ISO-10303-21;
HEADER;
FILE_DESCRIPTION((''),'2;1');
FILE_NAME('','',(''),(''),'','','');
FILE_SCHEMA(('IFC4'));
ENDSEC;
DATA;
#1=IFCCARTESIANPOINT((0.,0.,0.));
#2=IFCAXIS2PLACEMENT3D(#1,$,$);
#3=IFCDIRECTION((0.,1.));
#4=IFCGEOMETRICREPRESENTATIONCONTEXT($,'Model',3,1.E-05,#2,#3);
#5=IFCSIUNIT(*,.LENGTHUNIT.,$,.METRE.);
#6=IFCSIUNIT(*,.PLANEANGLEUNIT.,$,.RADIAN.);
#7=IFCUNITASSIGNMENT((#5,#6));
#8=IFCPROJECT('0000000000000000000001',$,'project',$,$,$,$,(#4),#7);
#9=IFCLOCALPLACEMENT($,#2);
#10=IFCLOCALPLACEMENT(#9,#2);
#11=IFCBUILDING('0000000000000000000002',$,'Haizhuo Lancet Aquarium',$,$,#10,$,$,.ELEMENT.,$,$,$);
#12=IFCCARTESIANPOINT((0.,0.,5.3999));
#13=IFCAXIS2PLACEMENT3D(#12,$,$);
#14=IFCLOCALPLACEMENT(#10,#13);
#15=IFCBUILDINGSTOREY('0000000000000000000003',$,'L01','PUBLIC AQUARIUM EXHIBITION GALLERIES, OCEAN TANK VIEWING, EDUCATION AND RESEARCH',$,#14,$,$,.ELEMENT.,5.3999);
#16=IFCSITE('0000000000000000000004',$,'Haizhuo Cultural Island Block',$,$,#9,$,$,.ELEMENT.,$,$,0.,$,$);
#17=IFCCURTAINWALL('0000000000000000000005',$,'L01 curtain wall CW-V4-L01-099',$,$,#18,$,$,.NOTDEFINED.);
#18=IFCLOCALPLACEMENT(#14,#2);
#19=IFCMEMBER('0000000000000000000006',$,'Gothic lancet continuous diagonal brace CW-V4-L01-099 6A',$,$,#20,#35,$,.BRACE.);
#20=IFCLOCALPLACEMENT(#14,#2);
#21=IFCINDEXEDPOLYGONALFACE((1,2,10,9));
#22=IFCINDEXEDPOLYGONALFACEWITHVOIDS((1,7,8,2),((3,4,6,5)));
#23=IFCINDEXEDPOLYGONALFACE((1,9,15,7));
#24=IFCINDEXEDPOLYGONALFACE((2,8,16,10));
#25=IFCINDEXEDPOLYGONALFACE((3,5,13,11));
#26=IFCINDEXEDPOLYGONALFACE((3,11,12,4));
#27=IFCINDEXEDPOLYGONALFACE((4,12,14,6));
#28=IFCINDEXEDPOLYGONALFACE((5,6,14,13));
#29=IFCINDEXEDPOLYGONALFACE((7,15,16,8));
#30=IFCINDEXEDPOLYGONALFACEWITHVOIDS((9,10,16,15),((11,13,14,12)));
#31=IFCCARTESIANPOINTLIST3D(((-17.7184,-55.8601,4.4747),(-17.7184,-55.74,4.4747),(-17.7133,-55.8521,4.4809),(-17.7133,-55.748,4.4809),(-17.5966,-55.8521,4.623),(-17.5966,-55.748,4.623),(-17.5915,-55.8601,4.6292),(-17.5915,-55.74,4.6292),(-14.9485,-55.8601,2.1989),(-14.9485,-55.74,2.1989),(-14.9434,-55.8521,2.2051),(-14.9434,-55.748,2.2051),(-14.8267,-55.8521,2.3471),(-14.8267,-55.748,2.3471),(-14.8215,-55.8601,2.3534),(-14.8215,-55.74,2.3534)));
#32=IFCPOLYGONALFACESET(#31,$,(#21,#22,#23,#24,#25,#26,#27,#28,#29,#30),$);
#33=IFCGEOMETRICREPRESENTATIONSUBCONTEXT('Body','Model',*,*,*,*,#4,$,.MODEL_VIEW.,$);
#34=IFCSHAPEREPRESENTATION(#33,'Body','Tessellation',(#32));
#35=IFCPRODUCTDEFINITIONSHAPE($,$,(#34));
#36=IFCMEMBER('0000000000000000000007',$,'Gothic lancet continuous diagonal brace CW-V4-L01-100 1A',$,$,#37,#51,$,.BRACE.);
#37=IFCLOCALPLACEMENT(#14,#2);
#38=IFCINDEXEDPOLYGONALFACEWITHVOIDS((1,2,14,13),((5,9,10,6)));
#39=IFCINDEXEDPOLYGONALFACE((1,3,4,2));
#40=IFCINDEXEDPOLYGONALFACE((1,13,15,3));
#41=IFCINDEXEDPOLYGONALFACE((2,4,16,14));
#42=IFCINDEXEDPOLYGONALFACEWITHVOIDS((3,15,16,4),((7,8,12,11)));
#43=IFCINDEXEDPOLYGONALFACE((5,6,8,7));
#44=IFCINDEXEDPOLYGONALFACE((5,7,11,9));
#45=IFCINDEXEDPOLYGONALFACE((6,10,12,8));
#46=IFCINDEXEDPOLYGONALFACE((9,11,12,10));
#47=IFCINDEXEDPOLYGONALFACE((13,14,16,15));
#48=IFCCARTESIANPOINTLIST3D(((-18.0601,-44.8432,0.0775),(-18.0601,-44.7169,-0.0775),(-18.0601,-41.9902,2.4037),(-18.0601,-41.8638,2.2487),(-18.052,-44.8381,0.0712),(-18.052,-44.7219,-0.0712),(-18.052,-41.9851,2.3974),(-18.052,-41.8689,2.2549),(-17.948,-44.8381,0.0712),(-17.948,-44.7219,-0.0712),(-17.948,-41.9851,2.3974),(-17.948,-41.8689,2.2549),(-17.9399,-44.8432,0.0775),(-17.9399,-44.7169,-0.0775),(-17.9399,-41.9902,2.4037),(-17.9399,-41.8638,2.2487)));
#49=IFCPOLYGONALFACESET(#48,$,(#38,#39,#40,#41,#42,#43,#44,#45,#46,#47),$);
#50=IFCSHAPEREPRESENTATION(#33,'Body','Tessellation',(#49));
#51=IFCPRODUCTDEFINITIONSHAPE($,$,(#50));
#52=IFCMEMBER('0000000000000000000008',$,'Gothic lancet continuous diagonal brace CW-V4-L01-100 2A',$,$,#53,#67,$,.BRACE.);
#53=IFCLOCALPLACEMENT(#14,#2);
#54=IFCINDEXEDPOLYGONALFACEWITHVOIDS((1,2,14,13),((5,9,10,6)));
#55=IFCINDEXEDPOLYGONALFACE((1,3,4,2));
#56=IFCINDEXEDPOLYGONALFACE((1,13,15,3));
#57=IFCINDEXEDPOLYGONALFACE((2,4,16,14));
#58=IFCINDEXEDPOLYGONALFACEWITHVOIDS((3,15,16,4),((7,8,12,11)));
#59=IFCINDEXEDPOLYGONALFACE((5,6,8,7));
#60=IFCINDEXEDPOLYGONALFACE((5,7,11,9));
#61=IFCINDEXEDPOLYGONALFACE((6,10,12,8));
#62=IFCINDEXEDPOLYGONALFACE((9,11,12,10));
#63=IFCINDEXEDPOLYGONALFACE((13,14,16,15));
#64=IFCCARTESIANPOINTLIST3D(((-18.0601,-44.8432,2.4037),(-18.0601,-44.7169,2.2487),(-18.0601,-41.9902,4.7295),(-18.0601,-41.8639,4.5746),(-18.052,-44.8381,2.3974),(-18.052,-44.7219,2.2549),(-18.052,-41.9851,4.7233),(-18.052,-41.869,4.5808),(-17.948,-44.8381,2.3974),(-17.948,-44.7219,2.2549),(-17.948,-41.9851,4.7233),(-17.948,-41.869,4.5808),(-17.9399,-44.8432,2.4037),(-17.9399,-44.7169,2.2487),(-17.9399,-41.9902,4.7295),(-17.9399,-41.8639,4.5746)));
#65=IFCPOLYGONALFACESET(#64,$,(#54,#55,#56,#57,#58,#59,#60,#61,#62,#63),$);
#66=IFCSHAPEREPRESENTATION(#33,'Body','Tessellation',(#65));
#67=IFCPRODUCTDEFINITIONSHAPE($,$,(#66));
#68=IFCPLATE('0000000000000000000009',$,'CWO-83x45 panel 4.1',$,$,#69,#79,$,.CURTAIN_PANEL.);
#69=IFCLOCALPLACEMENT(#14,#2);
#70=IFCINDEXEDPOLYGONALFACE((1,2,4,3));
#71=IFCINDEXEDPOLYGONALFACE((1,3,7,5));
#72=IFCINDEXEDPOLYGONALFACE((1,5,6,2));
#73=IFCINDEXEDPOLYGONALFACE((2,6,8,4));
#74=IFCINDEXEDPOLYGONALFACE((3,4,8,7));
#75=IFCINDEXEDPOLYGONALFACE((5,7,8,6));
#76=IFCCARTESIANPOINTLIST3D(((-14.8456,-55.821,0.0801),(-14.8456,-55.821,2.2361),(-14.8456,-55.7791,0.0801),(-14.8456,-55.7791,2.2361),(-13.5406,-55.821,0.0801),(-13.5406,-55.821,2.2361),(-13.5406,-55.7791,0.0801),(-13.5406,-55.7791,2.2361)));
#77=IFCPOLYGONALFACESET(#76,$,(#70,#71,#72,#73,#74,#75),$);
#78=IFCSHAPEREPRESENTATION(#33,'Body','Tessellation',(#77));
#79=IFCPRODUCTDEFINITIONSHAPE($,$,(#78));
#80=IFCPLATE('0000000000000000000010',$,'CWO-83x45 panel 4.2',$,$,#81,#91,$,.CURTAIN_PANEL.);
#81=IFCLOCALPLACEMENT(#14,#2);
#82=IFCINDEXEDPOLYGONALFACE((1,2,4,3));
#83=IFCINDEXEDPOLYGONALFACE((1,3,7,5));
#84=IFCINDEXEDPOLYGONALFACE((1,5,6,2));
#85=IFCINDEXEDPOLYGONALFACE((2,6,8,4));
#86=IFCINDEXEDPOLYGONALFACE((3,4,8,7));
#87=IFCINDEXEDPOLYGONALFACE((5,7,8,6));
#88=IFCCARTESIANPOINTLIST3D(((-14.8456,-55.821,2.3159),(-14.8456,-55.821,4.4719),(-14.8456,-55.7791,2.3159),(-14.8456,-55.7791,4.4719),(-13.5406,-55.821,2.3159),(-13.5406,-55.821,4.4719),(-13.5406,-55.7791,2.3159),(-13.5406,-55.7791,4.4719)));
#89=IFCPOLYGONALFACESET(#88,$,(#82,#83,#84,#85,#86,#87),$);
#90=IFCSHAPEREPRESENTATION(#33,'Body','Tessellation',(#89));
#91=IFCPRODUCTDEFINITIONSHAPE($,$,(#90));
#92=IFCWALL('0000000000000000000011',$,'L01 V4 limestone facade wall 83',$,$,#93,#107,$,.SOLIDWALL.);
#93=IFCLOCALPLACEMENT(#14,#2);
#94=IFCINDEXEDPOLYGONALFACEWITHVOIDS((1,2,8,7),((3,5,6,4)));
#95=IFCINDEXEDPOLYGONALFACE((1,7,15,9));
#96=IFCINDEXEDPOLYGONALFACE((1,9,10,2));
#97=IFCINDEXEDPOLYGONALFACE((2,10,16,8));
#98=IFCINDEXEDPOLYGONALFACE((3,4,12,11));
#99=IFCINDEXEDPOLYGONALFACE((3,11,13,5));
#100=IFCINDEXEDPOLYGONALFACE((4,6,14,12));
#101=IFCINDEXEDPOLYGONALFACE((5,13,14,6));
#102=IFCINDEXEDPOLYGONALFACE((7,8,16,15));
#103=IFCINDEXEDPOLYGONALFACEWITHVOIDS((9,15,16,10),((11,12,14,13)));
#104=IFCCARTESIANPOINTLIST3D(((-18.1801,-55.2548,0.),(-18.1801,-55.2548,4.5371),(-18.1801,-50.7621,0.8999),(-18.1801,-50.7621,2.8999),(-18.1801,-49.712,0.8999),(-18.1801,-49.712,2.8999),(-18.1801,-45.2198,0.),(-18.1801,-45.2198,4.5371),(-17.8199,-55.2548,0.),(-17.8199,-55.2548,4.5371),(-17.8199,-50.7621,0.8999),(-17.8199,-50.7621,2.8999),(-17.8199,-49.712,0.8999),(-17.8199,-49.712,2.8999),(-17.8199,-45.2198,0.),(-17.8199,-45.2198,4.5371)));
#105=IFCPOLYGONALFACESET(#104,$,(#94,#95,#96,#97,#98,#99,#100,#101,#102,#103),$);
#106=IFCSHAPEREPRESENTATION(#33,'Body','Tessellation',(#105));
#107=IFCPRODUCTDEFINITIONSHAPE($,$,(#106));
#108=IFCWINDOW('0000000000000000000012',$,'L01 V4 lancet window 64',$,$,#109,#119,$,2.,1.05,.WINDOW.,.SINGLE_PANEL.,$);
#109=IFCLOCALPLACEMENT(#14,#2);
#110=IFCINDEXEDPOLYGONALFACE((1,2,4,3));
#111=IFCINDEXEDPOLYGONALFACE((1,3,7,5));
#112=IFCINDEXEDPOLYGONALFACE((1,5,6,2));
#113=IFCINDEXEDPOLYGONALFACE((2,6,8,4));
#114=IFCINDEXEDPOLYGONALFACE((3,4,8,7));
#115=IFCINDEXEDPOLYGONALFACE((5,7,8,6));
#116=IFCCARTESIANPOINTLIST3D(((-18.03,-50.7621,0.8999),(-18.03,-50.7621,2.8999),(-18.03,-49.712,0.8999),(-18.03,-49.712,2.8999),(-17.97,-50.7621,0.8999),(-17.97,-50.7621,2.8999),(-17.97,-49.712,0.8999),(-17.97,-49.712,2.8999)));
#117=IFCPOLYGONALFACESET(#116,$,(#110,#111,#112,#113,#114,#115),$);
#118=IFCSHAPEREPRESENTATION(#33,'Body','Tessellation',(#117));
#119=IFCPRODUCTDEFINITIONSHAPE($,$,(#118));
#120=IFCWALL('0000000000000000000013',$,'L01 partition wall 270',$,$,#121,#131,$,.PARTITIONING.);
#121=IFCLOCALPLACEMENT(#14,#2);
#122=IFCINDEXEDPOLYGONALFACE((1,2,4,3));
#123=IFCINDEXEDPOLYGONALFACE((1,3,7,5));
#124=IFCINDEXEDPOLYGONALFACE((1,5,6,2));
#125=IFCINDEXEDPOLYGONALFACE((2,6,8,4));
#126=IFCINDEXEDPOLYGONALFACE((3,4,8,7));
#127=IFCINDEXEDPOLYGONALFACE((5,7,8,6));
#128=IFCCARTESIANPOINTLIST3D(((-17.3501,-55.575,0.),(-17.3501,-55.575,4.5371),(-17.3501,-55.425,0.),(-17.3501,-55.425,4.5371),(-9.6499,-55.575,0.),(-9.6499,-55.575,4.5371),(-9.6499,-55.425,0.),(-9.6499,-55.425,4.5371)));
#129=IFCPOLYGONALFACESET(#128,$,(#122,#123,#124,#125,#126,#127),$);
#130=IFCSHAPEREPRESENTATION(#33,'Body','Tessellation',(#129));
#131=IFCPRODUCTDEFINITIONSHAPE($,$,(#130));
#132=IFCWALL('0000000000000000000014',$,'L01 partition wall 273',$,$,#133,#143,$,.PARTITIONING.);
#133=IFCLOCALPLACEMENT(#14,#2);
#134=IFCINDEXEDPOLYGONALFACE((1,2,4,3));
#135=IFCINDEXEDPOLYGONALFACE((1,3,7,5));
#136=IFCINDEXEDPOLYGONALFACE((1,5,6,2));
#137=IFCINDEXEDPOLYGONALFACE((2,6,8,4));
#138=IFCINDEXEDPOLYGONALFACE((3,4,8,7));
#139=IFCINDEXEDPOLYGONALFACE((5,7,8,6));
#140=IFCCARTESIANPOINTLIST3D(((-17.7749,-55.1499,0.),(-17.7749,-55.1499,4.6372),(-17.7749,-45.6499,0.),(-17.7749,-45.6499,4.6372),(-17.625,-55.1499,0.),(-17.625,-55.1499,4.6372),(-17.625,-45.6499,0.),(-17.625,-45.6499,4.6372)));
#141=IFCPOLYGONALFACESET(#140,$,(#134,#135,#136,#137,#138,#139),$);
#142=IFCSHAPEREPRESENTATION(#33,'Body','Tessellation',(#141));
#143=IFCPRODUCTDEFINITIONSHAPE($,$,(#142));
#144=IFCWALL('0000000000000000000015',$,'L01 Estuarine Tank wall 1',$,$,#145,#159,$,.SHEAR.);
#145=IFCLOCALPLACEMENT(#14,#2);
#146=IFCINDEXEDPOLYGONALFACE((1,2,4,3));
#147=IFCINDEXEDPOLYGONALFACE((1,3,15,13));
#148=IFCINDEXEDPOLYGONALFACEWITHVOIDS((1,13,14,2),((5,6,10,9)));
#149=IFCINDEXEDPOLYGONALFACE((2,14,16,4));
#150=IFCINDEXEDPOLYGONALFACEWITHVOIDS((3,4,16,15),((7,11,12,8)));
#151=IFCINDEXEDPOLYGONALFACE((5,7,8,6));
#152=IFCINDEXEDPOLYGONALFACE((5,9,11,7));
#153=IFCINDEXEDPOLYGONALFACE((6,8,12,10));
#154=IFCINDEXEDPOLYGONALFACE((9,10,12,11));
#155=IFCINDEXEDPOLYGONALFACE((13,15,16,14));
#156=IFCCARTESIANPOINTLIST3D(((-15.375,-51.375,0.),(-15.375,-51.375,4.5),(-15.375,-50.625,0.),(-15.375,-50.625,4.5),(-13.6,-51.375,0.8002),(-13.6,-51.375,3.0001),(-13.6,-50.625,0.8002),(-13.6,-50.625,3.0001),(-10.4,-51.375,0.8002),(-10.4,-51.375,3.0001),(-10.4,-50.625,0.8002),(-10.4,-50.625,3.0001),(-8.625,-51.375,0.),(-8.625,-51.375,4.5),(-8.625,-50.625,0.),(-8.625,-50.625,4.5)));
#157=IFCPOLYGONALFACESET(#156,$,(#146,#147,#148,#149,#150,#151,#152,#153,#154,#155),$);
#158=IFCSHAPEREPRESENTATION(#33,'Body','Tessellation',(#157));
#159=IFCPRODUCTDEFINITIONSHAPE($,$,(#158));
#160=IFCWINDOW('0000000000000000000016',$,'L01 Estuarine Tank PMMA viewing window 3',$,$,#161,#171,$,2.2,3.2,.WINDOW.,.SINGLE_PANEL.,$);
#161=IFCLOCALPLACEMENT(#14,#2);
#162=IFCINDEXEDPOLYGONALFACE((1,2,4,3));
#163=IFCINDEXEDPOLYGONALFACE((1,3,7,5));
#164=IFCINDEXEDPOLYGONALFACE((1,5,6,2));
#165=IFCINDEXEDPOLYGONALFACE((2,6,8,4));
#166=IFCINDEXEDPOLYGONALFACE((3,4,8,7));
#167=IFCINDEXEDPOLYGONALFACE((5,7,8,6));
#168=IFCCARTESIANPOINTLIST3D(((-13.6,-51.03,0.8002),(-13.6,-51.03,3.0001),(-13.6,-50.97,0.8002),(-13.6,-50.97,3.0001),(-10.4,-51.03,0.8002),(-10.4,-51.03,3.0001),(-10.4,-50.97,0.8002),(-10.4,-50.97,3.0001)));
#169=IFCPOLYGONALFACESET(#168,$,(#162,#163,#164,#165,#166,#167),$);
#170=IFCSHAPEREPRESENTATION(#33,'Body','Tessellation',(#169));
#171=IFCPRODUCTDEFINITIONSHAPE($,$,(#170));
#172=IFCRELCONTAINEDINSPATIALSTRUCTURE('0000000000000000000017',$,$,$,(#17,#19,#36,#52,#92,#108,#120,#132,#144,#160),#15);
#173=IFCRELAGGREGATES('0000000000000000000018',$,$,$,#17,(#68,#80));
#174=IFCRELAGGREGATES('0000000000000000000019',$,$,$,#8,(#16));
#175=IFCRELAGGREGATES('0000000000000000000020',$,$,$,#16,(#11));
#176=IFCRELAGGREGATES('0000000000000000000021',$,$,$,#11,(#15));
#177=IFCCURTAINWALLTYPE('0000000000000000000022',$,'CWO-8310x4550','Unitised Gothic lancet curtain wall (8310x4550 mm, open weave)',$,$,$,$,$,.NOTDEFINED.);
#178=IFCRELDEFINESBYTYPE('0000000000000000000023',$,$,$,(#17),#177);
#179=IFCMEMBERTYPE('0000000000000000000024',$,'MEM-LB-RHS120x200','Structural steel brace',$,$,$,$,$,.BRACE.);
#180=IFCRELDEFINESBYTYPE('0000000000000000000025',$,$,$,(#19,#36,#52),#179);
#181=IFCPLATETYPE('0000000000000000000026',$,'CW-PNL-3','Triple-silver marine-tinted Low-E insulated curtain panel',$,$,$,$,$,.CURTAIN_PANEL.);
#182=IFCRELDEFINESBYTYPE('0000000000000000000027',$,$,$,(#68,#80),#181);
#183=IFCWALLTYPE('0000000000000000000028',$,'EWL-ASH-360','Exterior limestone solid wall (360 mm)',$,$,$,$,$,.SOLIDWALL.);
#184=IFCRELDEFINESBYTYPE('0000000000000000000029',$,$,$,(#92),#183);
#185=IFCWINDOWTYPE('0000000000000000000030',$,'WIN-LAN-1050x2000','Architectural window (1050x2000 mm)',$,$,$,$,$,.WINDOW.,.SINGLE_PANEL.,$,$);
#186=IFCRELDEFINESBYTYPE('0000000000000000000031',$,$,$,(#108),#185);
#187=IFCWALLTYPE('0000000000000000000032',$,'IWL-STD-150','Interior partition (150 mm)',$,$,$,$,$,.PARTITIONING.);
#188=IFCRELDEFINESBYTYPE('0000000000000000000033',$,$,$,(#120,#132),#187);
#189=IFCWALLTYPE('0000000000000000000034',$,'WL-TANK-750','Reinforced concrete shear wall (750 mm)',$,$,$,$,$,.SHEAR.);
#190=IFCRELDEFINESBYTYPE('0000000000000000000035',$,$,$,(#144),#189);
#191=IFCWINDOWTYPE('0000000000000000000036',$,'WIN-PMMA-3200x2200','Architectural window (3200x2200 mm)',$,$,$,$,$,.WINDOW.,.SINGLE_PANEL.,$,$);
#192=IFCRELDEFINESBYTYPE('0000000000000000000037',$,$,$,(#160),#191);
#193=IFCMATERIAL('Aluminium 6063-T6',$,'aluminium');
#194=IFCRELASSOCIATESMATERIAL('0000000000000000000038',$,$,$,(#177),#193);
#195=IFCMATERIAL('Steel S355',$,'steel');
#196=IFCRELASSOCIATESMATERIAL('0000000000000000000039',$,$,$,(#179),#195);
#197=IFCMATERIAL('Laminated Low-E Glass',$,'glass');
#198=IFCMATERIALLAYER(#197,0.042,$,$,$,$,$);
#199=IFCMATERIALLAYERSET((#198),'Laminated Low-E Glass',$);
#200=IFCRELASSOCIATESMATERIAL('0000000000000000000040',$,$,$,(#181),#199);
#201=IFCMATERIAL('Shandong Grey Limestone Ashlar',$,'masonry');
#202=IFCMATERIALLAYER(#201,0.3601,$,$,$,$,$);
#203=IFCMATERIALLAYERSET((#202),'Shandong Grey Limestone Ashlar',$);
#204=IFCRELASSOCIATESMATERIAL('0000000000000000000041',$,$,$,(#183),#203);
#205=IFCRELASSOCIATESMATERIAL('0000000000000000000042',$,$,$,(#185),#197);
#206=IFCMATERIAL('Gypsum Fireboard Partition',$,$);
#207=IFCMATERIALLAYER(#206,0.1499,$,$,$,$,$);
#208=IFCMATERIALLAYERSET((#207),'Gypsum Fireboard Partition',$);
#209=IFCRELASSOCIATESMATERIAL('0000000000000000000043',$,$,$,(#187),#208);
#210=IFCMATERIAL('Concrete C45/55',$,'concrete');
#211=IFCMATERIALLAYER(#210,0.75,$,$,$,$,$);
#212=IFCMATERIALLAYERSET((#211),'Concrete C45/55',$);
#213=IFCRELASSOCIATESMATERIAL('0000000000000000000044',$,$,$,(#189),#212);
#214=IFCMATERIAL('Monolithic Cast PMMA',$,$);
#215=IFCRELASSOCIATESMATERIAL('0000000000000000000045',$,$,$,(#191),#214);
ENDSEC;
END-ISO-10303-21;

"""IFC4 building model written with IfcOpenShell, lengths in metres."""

from ifc_helpers import new_model, si_unit, direction, frame, frame_2d, origin, origin_2d, place, context, subcontext, project, spatial, rectangle, hollow_rectangle, extrude, material, layer, layer_set, material_profile, profile_set, type_object, element, fill, aggregate, save


model = new_model("IFC4")

# Units and contexts
model_context = context("Model", 3, precision=1e-05, world=origin(), true_north=direction((0.0, 1.0)))
body_context = subcontext(model_context, "Body", "Model", "MODEL_VIEW")
ifc_project = project(units=[si_unit("LENGTHUNIT", "METRE"), si_unit("PLANEANGLEUNIT", "RADIAN")], contexts=[model_context])

# Site, building, storey
site_placement = place(None, origin())
site = spatial("IfcSite", under=ifc_project, at=site_placement, Name="Haizhuo Cultural Island Block", CompositionType="ELEMENT", RefElevation=0.0)
building_placement = place(site_placement, origin())
building = spatial("IfcBuilding", under=site, at=building_placement, Name="Haizhuo Lancet Aquarium", CompositionType="ELEMENT")
storey_placement = place(building_placement, frame((0.0, 0.0, 5.3999)))
storey = spatial("IfcBuildingStorey", under=building, at=storey_placement, Name="L01", Description="PUBLIC AQUARIUM EXHIBITION GALLERIES, OCEAN TANK VIEWING, EDUCATION AND RESEARCH", CompositionType="ELEMENT", Elevation=5.3999)

# Shared definitions
ifc_material_1 = material(Name="Steel S355", Category="steel")

# Curtain wall
ifc_material_2 = material(Name="Aluminium 6063-T6", Category="aluminium")
curtain_wall_type = type_object("IfcCurtainWallType", Name="CWO-8310x4550", Description="Unitised Gothic lancet curtain wall (8310x4550 mm, open weave)", PredefinedType="NOTDEFINED", material=ifc_material_2)
curtain_wall_placement = place(storey_placement, origin())
curtain_wall = element("IfcCurtainWall", 1, at=curtain_wall_placement, inside=storey, type_object=curtain_wall_type, Name="L01 curtain wall CW-V4-L01-099", PredefinedType="NOTDEFINED")

# Members
ifc_material_profile_1 = material_profile(ifc_material_1, hollow_rectangle(XDim=0.1201, YDim=0.2, WallThickness=0.0081, at=origin_2d()), Name="RHS 120x200x8")
ifc_profile_set_1 = profile_set([ifc_material_profile_1], Name="Steel S355")
member_type_1 = type_object("IfcMemberType", Name="MEM-LB-RHS120x200", Description="Structural steel brace", PredefinedType="BRACE", material=ifc_profile_set_1)
member_1_placement = place(storey_placement, frame((-14.885, -55.8, 2.2761), z_axis=(-0.772657, 0.0, 0.634824), x_axis=(0.0, -1.0, 0.0)))
element("IfcMember", 2, at=member_1_placement, inside=storey, type_object=member_type_1, Name="Gothic lancet continuous diagonal brace CW-V4-L01-099 6A", PredefinedType="BRACE", context=body_context, shape_type="SweptSolid", body=[
    extrude(hollow_rectangle(XDim=0.1201, YDim=0.2, WallThickness=0.0081, at=origin_2d()), origin(), (0.0, 0.0, 1.0), 3.585),
])
member_2_placement = place(storey_placement, frame((-18.0, -44.78, 0.0), z_axis=(0.0, 0.775038, 0.631915), x_axis=(-1.0, 0.0, 0.0)))
element("IfcMember", 3, at=member_2_placement, inside=storey, type_object=member_type_1, Name="Gothic lancet continuous diagonal brace CW-V4-L01-100 1A", PredefinedType="BRACE", context=body_context, shape_type="SweptSolid", body=[
    extrude(hollow_rectangle(XDim=0.1201, YDim=0.2, WallThickness=0.0081, at=origin_2d()), origin(), (0.0, 0.0, 1.0), 3.6812),
])
member_3_placement = place(storey_placement, frame((-18.0, -44.78, 2.3262), z_axis=(0.0, 0.77507, 0.631875), x_axis=(-1.0, 0.0, 0.0)))
element("IfcMember", 4, at=member_3_placement, inside=storey, type_object=member_type_1, Name="Gothic lancet continuous diagonal brace CW-V4-L01-100 2A", PredefinedType="BRACE", context=body_context, shape_type="SweptSolid", body=[
    extrude(hollow_rectangle(XDim=0.1201, YDim=0.2, WallThickness=0.0081, at=origin_2d()), origin(), (0.0, 0.0, 1.0), 3.6809),
])

# Plates
ifc_material_3 = material(Name="Laminated Low-E Glass", Category="glass")
ifc_layer_1 = layer(ifc_material_3, 0.042)
ifc_layer_set_1 = layer_set([ifc_layer_1], Name="Laminated Low-E Glass")
plate_type = type_object("IfcPlateType", Name="CW-PNL-3", Description="Triple-silver marine-tinted Low-E insulated curtain panel", PredefinedType="CURTAIN_PANEL", material=ifc_layer_set_1)
plate_1_placement = place(storey_placement, frame((-14.1931, -55.8, 0.0801), z_axis=(0.0, 0.0, 1.0), x_axis=(-1.0, 0.0, 0.0)))
plate_1 = element("IfcPlate", 5, at=plate_1_placement, type_object=plate_type, Name="CWO-83x45 panel 4.1", PredefinedType="CURTAIN_PANEL", context=body_context, shape_type="SweptSolid", body=[
    extrude(rectangle(XDim=1.3049, YDim=0.042, at=origin_2d()), origin(), (0.0, 0.0, 1.0), 2.156),
])
plate_2_placement = place(storey_placement, frame((-14.1931, -55.8, 2.3159), z_axis=(0.0, 0.0, 1.0), x_axis=(-1.0, 0.0, 0.0)))
plate_2 = element("IfcPlate", 6, at=plate_2_placement, type_object=plate_type, Name="CWO-83x45 panel 4.2", PredefinedType="CURTAIN_PANEL", context=body_context, shape_type="SweptSolid", body=[
    extrude(rectangle(XDim=1.3049, YDim=0.042, at=origin_2d()), origin(), (0.0, 0.0, 1.0), 2.156),
])
aggregate(curtain_wall, [plate_1, plate_2])

# Wall, opening, window
ifc_material_4 = material(Name="Shandong Grey Limestone Ashlar", Category="masonry")
ifc_layer_2 = layer(ifc_material_4, 0.3601)
ifc_layer_set_2 = layer_set([ifc_layer_2], Name="Shandong Grey Limestone Ashlar")
wall_type_1 = type_object("IfcWallType", Name="EWL-ASH-360", Description="Exterior limestone solid wall (360 mm)", PredefinedType="SOLIDWALL", material=ifc_layer_set_2)
wall_1_placement = place(storey_placement, frame((-18.0, -55.2549, 0.0), z_axis=(0.0, 0.0, 1.0), x_axis=(0.0, 1.0, 0.0)))
wall_1 = element("IfcWall", 7, at=wall_1_placement, inside=storey, type_object=wall_type_1, Name="L01 V4 limestone facade wall 83", PredefinedType="SOLIDWALL", context=body_context, shape_type="SweptSolid", body=[
    extrude(rectangle(XDim=10.0349, YDim=0.3601, at=frame_2d((5.0176, 0.0))), origin(), (0.0, 0.0, 1.0), 4.5371),
])
opening_1_placement = place(wall_1_placement, frame((4.4929, 0.0, 0.8999)))
opening_1 = element("IfcOpeningElement", 8, at=opening_1_placement, cuts=wall_1, PredefinedType="OPENING", context=body_context, shape_type="SweptSolid", body=[
    extrude(rectangle(XDim=1.05, YDim=2.0, at=frame_2d((0.5249, 1.0))), frame((0.0, 0.1899, 0.0), z_axis=(0.0, -1.0, 0.0), x_axis=(1.0, 0.0, 0.0)), (0.0, 0.0, 1.0), 0.3801),
])
window_type_1 = type_object("IfcWindowType", Name="WIN-LAN-1050x2000", Description="Architectural window (1050x2000 mm)", PartitioningType="SINGLE_PANEL", PredefinedType="WINDOW", material=ifc_material_3)
window_1_placement = place(opening_1_placement, origin())
window_1 = element("IfcWindow", 9, at=window_1_placement, inside=storey, type_object=window_type_1, Name="L01 V4 lancet window 64", OverallHeight=2.0, OverallWidth=1.05, PartitioningType="SINGLE_PANEL", PredefinedType="WINDOW", context=body_context, shape_type="SweptSolid", body=[
    extrude(rectangle(XDim=1.05, YDim=2.0, at=frame_2d((0.5249, 1.0))), frame((0.0, 0.03, 0.0), z_axis=(0.0, -1.0, 0.0), x_axis=(1.0, 0.0, 0.0)), (0.0, 0.0, 1.0), 0.0601),
])
fill(opening_1, window_1)

# Walls
ifc_material_5 = material(Name="Gypsum Fireboard Partition")
ifc_layer_3 = layer(ifc_material_5, 0.1499)
ifc_layer_set_3 = layer_set([ifc_layer_3], Name="Gypsum Fireboard Partition")
wall_type_2 = type_object("IfcWallType", Name="IWL-STD-150", Description="Interior partition (150 mm)", PredefinedType="PARTITIONING", material=ifc_layer_set_3)
wall_2_placement = place(storey_placement, frame((-17.3501, -55.5, 0.0), z_axis=(0.0, 0.0, 1.0), x_axis=(1.0, 0.0, 0.0)))
element("IfcWall", 10, at=wall_2_placement, inside=storey, type_object=wall_type_2, Name="L01 partition wall 270", PredefinedType="PARTITIONING", context=body_context, shape_type="SweptSolid", body=[
    extrude(rectangle(XDim=7.7002, YDim=0.1499, at=frame_2d((3.8501, 0.0))), origin(), (0.0, 0.0, 1.0), 4.5371),
])
wall_3_placement = place(storey_placement, frame((-17.7, -45.6499, 0.0), z_axis=(0.0, 0.0, 1.0), x_axis=(0.0, -1.0, 0.0)))
element("IfcWall", 11, at=wall_3_placement, inside=storey, type_object=wall_type_2, Name="L01 partition wall 273", PredefinedType="PARTITIONING", context=body_context, shape_type="SweptSolid", body=[
    extrude(rectangle(XDim=9.5, YDim=0.1499, at=frame_2d((4.75, 0.0))), origin(), (0.0, 0.0, 1.0), 4.6372),
])

# Wall, opening, window
ifc_material_6 = material(Name="Concrete C45/55", Category="concrete")
ifc_layer_4 = layer(ifc_material_6, 0.75)
ifc_layer_set_4 = layer_set([ifc_layer_4], Name="Concrete C45/55")
wall_type_3 = type_object("IfcWallType", Name="WL-TANK-750", Description="Reinforced concrete shear wall (750 mm)", PredefinedType="SHEAR", material=ifc_layer_set_4)
wall_4_placement = place(storey_placement, frame((-15.375, -51.0, 0.0), z_axis=(0.0, 0.0, 1.0), x_axis=(1.0, 0.0, 0.0)))
wall_4 = element("IfcWall", 12, at=wall_4_placement, inside=storey, type_object=wall_type_3, Name="L01 Estuarine Tank wall 1", PredefinedType="SHEAR", context=body_context, shape_type="SweptSolid", body=[
    extrude(rectangle(XDim=6.75, YDim=0.75, at=frame_2d((3.375, 0.0))), origin(), (0.0, 0.0, 1.0), 4.5),
])
opening_2_placement = place(wall_4_placement, frame((1.7749, 0.0, 0.8)))
opening_2 = element("IfcOpeningElement", 13, at=opening_2_placement, cuts=wall_4, PredefinedType="OPENING", context=body_context, shape_type="SweptSolid", body=[
    extrude(rectangle(XDim=3.2, YDim=2.2, at=frame_2d((1.6001, 1.1001))), frame((0.0, 0.385, 0.0), z_axis=(0.0, -1.0, 0.0), x_axis=(1.0, 0.0, 0.0)), (0.0, 0.0, 1.0), 0.77),
])
ifc_material_7 = material(Name="Monolithic Cast PMMA")
window_type_2 = type_object("IfcWindowType", Name="WIN-PMMA-3200x2200", Description="Architectural window (3200x2200 mm)", PartitioningType="SINGLE_PANEL", PredefinedType="WINDOW", material=ifc_material_7)
window_2_placement = place(opening_2_placement, origin())
window_2 = element("IfcWindow", 14, at=window_2_placement, inside=storey, type_object=window_type_2, Name="L01 Estuarine Tank PMMA viewing window 3", OverallHeight=2.2, OverallWidth=3.2, PartitioningType="SINGLE_PANEL", PredefinedType="WINDOW", context=body_context, shape_type="SweptSolid", body=[
    extrude(rectangle(XDim=3.2, YDim=2.2, at=frame_2d((1.6001, 1.1001))), frame((0.0, 0.03, 0.0), z_axis=(0.0, -1.0, 0.0), x_axis=(1.0, 0.0, 0.0)), (0.0, 0.0, 1.0), 0.0601),
])
fill(opening_2, window_2)

save(model, "model.ifc")
